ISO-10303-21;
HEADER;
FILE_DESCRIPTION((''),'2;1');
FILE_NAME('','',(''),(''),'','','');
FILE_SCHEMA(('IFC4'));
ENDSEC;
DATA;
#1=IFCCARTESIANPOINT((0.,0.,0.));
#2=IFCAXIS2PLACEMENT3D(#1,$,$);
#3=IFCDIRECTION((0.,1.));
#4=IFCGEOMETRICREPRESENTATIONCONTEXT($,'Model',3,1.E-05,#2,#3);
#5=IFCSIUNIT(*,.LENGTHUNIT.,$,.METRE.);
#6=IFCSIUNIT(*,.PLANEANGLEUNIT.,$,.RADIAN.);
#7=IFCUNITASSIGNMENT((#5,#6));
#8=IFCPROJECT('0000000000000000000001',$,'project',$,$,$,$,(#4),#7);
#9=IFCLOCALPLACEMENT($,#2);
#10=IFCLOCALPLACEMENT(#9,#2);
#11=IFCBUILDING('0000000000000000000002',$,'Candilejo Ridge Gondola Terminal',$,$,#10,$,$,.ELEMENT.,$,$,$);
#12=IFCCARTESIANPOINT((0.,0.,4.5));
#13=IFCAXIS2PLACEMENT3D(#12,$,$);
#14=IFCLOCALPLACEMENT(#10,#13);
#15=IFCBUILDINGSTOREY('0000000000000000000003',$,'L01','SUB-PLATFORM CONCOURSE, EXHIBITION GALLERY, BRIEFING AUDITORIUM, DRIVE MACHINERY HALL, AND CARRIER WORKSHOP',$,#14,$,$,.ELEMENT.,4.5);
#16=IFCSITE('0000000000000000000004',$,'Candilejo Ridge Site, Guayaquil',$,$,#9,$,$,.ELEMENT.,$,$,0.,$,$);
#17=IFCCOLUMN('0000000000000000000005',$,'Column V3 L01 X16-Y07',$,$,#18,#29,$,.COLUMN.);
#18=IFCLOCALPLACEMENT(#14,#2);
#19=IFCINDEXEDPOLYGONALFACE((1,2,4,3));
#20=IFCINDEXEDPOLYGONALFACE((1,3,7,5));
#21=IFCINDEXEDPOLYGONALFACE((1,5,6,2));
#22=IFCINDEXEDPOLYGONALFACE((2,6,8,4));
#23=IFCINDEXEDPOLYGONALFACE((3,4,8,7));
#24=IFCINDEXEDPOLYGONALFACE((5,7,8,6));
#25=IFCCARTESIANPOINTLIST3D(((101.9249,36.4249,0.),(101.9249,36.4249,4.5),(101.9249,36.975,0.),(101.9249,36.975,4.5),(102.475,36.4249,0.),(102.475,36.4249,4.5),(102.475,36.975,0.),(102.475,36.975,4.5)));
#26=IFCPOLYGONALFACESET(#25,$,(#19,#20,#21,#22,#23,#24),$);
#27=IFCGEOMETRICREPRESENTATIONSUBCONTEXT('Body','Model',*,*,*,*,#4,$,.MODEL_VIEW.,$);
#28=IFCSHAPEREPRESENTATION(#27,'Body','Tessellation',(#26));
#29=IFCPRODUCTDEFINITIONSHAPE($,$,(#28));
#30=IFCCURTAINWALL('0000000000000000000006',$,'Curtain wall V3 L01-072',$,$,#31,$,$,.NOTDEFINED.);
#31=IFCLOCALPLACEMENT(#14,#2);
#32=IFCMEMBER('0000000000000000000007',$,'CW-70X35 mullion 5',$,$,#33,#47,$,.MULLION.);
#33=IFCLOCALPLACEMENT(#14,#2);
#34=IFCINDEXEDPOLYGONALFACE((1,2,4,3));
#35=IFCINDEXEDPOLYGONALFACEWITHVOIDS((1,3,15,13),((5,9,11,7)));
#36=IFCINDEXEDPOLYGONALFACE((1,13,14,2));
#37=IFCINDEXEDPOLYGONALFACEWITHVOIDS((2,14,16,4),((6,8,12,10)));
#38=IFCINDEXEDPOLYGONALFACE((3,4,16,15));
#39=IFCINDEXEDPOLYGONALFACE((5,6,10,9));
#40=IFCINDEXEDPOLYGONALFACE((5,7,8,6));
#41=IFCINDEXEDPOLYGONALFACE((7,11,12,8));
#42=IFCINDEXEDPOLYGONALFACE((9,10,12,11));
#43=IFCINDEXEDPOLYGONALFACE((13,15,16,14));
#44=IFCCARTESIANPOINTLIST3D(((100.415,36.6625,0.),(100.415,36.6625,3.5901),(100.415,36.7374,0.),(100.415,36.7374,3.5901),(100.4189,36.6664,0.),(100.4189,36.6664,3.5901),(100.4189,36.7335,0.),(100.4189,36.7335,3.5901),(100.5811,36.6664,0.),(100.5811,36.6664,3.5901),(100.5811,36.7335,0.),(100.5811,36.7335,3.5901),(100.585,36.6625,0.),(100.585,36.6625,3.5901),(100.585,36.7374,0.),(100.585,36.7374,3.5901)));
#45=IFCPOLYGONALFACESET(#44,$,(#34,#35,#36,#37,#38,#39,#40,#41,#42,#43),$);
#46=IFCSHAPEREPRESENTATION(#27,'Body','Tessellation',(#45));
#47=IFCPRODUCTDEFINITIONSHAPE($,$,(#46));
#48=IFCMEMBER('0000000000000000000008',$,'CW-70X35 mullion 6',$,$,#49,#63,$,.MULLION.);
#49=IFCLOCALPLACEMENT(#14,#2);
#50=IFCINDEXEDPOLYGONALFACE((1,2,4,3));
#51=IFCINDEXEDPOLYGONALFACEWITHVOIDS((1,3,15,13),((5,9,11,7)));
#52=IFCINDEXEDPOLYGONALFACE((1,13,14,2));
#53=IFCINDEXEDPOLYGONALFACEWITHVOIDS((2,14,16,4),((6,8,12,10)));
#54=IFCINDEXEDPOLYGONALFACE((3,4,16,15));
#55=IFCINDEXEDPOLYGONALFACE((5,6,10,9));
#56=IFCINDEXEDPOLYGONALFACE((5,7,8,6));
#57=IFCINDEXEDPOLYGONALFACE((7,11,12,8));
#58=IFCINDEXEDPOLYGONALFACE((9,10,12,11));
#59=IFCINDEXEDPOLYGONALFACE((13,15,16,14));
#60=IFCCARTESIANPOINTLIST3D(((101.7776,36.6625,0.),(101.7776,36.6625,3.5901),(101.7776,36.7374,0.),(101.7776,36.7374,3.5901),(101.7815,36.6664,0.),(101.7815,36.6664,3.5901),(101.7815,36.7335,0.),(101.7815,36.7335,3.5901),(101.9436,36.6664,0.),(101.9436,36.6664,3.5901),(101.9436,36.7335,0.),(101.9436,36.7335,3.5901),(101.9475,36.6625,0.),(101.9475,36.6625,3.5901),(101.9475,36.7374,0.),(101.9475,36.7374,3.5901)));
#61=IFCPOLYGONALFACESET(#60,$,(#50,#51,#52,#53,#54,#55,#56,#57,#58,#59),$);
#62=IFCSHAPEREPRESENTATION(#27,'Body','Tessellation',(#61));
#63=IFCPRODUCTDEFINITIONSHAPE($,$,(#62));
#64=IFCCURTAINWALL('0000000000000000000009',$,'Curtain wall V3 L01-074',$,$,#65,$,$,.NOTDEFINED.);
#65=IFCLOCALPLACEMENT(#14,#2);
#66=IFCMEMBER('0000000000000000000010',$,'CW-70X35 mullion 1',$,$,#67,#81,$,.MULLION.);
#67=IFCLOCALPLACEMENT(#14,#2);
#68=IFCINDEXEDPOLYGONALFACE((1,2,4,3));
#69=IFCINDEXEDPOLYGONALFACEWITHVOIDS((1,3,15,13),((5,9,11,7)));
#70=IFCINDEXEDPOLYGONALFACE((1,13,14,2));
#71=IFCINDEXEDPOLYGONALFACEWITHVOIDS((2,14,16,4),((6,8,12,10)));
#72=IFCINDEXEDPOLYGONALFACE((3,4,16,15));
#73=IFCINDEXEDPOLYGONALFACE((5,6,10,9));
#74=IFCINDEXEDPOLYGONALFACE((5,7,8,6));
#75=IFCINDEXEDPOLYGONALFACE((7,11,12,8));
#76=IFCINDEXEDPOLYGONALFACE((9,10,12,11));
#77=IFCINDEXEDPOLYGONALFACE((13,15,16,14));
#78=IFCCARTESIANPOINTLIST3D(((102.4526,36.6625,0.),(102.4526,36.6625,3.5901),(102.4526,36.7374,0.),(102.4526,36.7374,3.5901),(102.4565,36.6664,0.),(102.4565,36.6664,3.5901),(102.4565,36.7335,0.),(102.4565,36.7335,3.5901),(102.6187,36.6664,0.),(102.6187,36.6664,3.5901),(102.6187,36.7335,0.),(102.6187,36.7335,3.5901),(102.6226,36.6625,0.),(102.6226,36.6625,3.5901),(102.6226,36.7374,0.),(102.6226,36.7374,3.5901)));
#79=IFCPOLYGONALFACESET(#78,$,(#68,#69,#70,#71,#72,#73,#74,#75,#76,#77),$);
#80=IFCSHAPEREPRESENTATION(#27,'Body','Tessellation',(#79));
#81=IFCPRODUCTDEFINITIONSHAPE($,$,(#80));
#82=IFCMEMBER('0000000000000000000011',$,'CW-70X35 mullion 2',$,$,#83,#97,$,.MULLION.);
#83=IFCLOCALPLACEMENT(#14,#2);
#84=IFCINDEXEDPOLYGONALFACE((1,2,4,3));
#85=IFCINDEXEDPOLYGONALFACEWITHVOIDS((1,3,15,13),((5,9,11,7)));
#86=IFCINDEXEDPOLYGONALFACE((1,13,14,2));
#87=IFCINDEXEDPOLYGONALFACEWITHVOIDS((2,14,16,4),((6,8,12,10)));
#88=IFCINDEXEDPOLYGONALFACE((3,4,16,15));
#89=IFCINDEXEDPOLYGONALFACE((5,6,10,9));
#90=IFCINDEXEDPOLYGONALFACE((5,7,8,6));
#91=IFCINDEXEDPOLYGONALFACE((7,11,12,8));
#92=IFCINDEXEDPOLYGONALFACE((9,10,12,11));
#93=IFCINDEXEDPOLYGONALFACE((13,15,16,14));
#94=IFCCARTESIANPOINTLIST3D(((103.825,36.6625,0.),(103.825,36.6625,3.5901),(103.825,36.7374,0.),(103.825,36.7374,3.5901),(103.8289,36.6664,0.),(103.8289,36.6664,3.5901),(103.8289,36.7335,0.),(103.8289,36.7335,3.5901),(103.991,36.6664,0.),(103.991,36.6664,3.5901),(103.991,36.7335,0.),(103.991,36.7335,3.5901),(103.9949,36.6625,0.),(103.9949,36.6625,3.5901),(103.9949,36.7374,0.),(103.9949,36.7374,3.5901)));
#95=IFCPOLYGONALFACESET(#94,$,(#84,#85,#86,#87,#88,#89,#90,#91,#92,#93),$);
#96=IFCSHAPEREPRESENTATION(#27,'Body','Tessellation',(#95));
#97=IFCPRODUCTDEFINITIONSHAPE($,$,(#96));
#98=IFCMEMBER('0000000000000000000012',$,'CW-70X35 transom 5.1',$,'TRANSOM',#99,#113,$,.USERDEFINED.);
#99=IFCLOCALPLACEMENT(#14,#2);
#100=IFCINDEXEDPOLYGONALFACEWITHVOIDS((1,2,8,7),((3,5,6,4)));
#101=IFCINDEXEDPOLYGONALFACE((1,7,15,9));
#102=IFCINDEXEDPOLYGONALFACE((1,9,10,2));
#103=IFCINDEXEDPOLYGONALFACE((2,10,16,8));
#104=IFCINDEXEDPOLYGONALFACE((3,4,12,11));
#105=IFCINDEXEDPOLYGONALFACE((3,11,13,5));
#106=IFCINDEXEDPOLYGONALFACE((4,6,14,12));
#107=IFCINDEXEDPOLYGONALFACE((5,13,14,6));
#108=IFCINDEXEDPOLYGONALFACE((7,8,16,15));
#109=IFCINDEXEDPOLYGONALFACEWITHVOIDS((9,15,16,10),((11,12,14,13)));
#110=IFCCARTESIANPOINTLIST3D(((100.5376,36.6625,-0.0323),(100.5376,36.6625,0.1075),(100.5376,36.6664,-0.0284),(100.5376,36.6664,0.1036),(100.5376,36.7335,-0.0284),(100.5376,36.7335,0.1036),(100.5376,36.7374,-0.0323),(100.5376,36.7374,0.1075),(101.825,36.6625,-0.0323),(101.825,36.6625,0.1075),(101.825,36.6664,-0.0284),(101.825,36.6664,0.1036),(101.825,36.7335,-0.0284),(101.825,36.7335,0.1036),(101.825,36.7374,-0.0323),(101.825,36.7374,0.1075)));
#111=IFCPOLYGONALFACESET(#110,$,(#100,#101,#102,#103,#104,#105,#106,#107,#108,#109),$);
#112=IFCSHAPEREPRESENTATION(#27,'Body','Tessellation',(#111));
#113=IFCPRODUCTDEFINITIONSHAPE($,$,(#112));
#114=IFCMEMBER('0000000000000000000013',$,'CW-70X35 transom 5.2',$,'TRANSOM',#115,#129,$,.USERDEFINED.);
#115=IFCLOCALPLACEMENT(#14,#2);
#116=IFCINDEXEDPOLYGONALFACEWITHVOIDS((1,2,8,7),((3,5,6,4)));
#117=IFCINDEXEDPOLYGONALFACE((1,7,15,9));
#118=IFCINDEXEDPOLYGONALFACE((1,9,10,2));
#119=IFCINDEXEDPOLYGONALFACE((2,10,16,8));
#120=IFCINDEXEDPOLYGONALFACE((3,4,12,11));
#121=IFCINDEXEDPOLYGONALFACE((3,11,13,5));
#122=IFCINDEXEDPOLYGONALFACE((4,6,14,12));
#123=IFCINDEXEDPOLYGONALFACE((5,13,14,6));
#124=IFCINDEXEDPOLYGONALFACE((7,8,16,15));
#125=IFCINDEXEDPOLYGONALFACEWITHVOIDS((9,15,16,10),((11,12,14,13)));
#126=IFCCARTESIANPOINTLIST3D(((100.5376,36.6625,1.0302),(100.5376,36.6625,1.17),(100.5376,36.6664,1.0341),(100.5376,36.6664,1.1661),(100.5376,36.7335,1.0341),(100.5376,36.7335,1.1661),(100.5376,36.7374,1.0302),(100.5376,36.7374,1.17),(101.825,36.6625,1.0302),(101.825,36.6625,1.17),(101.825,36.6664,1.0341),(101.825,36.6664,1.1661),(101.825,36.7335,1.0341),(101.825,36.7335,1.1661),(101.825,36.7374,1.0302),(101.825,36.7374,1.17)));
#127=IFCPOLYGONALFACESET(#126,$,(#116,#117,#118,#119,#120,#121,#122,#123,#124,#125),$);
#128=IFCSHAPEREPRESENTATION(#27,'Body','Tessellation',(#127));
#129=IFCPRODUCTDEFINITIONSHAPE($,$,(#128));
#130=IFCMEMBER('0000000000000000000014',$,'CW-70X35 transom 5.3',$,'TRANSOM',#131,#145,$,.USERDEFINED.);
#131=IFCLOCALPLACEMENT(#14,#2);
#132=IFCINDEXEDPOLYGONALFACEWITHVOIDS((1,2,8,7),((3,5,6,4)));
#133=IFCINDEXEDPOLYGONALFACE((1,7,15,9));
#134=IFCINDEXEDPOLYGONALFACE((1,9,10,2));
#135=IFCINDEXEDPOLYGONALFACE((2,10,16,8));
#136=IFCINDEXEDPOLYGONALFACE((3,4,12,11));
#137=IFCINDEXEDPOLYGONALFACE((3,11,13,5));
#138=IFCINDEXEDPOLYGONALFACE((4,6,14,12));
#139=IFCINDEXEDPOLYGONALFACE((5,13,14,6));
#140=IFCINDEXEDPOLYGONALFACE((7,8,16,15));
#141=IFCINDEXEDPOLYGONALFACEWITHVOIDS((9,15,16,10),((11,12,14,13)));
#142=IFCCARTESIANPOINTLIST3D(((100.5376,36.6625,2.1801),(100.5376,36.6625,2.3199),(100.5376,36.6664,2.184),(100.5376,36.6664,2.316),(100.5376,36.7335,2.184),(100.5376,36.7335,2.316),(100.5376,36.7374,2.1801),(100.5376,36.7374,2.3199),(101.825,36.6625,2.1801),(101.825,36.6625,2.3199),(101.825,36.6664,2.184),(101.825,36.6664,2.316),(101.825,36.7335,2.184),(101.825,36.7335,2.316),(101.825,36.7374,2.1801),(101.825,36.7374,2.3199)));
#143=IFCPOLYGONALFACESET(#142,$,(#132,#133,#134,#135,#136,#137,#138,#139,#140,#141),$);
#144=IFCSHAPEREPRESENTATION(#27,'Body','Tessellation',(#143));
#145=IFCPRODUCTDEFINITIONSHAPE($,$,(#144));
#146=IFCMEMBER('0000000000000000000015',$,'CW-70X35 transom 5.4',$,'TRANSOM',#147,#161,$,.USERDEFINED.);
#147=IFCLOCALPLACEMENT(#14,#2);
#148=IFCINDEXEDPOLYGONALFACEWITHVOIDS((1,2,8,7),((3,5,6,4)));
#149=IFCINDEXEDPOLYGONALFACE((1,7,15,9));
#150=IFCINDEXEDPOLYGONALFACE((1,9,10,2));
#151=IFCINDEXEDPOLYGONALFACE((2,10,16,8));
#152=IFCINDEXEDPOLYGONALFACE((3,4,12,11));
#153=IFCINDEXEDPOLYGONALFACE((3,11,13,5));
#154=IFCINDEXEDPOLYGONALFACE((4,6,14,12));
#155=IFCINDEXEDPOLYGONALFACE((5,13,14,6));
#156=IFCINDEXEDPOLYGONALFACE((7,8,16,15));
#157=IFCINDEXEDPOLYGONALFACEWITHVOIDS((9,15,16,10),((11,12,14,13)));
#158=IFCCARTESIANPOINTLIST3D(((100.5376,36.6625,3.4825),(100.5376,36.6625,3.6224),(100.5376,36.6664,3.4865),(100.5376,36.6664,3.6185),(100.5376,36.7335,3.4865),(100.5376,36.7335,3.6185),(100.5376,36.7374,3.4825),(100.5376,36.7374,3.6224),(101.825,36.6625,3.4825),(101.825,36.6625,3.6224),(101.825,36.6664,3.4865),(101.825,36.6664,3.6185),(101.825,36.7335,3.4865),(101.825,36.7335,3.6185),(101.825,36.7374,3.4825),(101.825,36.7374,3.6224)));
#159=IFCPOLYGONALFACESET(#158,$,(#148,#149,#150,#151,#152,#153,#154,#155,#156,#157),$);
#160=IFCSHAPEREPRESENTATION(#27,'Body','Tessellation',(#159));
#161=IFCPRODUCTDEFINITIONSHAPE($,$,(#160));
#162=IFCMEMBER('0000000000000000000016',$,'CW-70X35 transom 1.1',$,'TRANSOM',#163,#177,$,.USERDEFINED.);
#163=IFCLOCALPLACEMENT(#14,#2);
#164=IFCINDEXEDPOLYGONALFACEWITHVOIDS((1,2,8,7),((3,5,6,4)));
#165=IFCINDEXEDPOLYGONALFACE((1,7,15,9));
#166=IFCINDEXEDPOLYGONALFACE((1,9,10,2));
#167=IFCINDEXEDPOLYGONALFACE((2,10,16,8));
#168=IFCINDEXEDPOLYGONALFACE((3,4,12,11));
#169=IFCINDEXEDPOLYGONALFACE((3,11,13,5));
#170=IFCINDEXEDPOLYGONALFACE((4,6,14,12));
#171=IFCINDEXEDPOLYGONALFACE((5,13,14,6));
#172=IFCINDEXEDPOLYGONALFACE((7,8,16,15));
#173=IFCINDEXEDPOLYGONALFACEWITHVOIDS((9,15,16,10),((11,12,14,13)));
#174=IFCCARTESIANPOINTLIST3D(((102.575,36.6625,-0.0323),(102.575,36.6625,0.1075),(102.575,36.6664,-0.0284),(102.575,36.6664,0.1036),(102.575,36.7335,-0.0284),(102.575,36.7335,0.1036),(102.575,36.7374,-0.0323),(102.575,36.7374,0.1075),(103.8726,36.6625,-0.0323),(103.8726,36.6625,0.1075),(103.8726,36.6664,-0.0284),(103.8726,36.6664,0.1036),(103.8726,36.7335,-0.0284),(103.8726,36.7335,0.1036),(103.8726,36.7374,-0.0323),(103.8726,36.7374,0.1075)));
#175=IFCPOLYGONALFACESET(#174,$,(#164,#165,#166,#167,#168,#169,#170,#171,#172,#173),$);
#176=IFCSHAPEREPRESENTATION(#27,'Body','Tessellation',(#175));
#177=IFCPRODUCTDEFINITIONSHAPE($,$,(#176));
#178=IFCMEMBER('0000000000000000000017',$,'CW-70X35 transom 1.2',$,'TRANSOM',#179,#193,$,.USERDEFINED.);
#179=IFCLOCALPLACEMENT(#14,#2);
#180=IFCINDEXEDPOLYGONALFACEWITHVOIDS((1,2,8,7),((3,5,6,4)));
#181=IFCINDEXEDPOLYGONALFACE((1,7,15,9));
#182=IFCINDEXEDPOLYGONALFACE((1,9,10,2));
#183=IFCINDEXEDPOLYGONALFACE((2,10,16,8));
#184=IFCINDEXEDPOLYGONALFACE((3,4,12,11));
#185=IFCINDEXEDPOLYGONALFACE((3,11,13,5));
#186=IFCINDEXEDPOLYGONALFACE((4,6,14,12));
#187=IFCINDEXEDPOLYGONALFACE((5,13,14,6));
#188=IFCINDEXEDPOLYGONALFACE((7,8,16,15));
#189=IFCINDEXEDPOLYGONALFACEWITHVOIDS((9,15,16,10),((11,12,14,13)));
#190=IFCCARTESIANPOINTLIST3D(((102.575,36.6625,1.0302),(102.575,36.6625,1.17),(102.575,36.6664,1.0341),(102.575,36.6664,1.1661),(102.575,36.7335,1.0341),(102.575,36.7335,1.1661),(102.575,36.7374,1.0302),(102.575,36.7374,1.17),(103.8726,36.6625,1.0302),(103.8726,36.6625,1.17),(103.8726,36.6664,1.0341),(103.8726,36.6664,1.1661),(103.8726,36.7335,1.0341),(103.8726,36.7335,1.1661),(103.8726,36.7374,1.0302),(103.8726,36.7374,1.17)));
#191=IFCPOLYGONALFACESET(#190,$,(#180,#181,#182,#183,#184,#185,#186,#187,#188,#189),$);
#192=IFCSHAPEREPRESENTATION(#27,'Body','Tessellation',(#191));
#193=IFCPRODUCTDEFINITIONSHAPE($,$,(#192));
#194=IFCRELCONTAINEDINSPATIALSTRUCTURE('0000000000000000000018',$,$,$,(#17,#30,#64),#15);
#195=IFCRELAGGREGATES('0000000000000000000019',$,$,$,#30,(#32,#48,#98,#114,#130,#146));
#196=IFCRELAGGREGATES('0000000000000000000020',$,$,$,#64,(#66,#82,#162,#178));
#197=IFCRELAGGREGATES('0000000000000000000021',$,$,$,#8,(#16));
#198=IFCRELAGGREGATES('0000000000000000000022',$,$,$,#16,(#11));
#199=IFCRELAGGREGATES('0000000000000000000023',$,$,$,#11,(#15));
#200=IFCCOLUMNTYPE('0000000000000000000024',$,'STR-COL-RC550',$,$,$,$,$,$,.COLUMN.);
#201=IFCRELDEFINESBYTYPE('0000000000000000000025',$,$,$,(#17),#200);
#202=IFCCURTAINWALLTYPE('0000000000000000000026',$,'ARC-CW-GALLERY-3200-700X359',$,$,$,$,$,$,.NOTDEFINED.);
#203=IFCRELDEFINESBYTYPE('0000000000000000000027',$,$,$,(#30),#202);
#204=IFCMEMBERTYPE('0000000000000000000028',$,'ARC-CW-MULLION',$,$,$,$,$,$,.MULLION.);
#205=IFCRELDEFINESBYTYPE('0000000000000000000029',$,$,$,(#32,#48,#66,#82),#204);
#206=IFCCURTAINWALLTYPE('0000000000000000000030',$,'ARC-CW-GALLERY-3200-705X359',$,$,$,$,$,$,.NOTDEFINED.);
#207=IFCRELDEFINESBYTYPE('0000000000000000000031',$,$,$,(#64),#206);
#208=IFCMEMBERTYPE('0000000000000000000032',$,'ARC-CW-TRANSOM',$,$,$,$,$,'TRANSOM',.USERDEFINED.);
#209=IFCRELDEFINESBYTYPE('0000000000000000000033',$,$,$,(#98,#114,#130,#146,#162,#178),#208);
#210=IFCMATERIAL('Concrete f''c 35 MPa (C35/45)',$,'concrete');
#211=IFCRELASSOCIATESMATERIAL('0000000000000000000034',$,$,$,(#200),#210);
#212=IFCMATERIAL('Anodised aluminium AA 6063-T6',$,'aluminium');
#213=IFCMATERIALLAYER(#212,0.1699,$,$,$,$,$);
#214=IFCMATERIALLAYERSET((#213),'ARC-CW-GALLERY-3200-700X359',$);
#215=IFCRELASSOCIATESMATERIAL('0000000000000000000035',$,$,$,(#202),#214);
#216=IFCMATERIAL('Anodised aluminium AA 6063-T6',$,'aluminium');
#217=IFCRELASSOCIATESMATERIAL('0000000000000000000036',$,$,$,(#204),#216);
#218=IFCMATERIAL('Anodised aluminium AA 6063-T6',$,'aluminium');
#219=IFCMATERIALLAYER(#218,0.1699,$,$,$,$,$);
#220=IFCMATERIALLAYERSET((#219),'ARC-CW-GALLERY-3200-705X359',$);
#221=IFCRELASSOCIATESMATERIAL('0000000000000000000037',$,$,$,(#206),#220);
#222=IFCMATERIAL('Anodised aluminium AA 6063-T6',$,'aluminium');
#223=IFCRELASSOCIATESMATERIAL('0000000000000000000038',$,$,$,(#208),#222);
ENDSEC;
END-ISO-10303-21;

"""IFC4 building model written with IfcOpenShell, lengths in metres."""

from ifc_helpers import new_model, si_unit, direction, frame, origin, origin_2d, place, context, subcontext, project, spatial, rectangle, hollow_rectangle, extrude, material, layer, layer_set, material_profile, profile_set, type_object, element, aggregate, save


model = new_model("IFC4")

# Units and contexts
model_context = context("Model", 3, precision=1e-05, world=origin(), true_north=direction((0.0, 1.0)))
body_context = subcontext(model_context, "Body", "Model", "MODEL_VIEW")
ifc_project = project(units=[si_unit("LENGTHUNIT", "METRE"), si_unit("PLANEANGLEUNIT", "RADIAN")], contexts=[model_context])

# Site, building, storey
site_placement = place(None, origin())
site = spatial("IfcSite", under=ifc_project, at=site_placement, Name="Candilejo Ridge Site, Guayaquil", CompositionType="ELEMENT", RefElevation=0.0)
building_placement = place(site_placement, origin())
building = spatial("IfcBuilding", under=site, at=building_placement, Name="Candilejo Ridge Gondola Terminal", CompositionType="ELEMENT")
storey_placement = place(building_placement, frame((0.0, 0.0, 4.5)))
storey = spatial("IfcBuildingStorey", under=building, at=storey_placement, Name="L01", Description="SUB-PLATFORM CONCOURSE, EXHIBITION GALLERY, BRIEFING AUDITORIUM, DRIVE MACHINERY HALL, AND CARRIER WORKSHOP", CompositionType="ELEMENT", Elevation=4.5)

# Column
ifc_material_1 = material(Name="Concrete f'c 35 MPa (C35/45)", Category="concrete")
ifc_material_profile_1 = material_profile(ifc_material_1, rectangle(XDim=0.55, YDim=0.55, at=origin_2d()))
ifc_profile_set_1 = profile_set([ifc_material_profile_1], Name="Concrete f'c 35 MPa (C35/45)")
column_type = type_object("IfcColumnType", Name="STR-COL-RC550", PredefinedType="COLUMN", material=ifc_profile_set_1)
column_placement = place(storey_placement, frame((102.2, 36.7, 0.0), z_axis=(0.0, 0.0, 1.0), x_axis=(1.0, 0.0, 0.0)))
element("IfcColumn", 1, at=column_placement, inside=storey, type_object=column_type, Name="Column V3 L01 X16-Y07", PredefinedType="COLUMN", context=body_context, shape_type="SweptSolid", body=[
    extrude(rectangle(XDim=0.55, YDim=0.55, at=origin_2d()), origin(), (0.0, 0.0, 1.0), 4.5),
])

# Curtain walls, members
ifc_material_2 = material(Name="Anodised aluminium AA 6063-T6", Category="aluminium")
ifc_layer_1 = layer(ifc_material_2, 0.1699)
ifc_layer_set_1 = layer_set([ifc_layer_1], Name="ARC-CW-GALLERY-3200-700X359")
curtain_wall_type_1 = type_object("IfcCurtainWallType", Name="ARC-CW-GALLERY-3200-700X359", PredefinedType="NOTDEFINED", material=ifc_layer_set_1)
curtain_wall_1_placement = place(storey_placement, origin())
curtain_wall_1 = element("IfcCurtainWall", 2, at=curtain_wall_1_placement, inside=storey, type_object=curtain_wall_type_1, Name="Curtain wall V3 L01-072", PredefinedType="NOTDEFINED")
ifc_material_3 = material(Name="Anodised aluminium AA 6063-T6", Category="aluminium")
ifc_material_profile_2 = material_profile(ifc_material_3, hollow_rectangle(XDim=0.075, YDim=0.1699, WallThickness=0.0039, at=origin_2d()))
ifc_profile_set_2 = profile_set([ifc_material_profile_2], Name="Anodised aluminium AA 6063-T6")
member_type_1 = type_object("IfcMemberType", Name="ARC-CW-MULLION", PredefinedType="MULLION", material=ifc_profile_set_2)
member_1_placement = place(storey_placement, frame((100.5, 36.7, 0.0), z_axis=(0.0, 0.0, 1.0), x_axis=(0.0, 1.0, 0.0)))
member_1 = element("IfcMember", 3, at=member_1_placement, type_object=member_type_1, Name="CW-70X35 mullion 5", PredefinedType="MULLION", context=body_context, shape_type="SweptSolid", body=[
    extrude(hollow_rectangle(XDim=0.075, YDim=0.1699, WallThickness=0.0039, at=origin_2d()), origin(), (0.0, 0.0, 1.0), 3.5901),
])
member_2_placement = place(storey_placement, frame((101.8625, 36.7, 0.0), z_axis=(0.0, 0.0, 1.0), x_axis=(0.0, 1.0, 0.0)))
member_2 = element("IfcMember", 4, at=member_2_placement, type_object=member_type_1, Name="CW-70X35 mullion 6", PredefinedType="MULLION", context=body_context, shape_type="SweptSolid", body=[
    extrude(hollow_rectangle(XDim=0.075, YDim=0.1699, WallThickness=0.0039, at=origin_2d()), origin(), (0.0, 0.0, 1.0), 3.5901),
])
ifc_material_4 = material(Name="Anodised aluminium AA 6063-T6", Category="aluminium")
ifc_layer_2 = layer(ifc_material_4, 0.1699)
ifc_layer_set_2 = layer_set([ifc_layer_2], Name="ARC-CW-GALLERY-3200-705X359")
curtain_wall_type_2 = type_object("IfcCurtainWallType", Name="ARC-CW-GALLERY-3200-705X359", PredefinedType="NOTDEFINED", material=ifc_layer_set_2)
curtain_wall_2_placement = place(storey_placement, origin())
curtain_wall_2 = element("IfcCurtainWall", 5, at=curtain_wall_2_placement, inside=storey, type_object=curtain_wall_type_2, Name="Curtain wall V3 L01-074", PredefinedType="NOTDEFINED")
member_3_placement = place(storey_placement, frame((102.5376, 36.7, 0.0), z_axis=(0.0, 0.0, 1.0), x_axis=(0.0, 1.0, 0.0)))
member_3 = element("IfcMember", 6, at=member_3_placement, type_object=member_type_1, Name="CW-70X35 mullion 1", PredefinedType="MULLION", context=body_context, shape_type="SweptSolid", body=[
    extrude(hollow_rectangle(XDim=0.075, YDim=0.1699, WallThickness=0.0039, at=origin_2d()), origin(), (0.0, 0.0, 1.0), 3.5901),
])
member_4_placement = place(storey_placement, frame((103.9099, 36.7, 0.0), z_axis=(0.0, 0.0, 1.0), x_axis=(0.0, 1.0, 0.0)))
member_4 = element("IfcMember", 7, at=member_4_placement, type_object=member_type_1, Name="CW-70X35 mullion 2", PredefinedType="MULLION", context=body_context, shape_type="SweptSolid", body=[
    extrude(hollow_rectangle(XDim=0.075, YDim=0.1699, WallThickness=0.0039, at=origin_2d()), origin(), (0.0, 0.0, 1.0), 3.5901),
])

# Members
ifc_material_5 = material(Name="Anodised aluminium AA 6063-T6", Category="aluminium")
ifc_material_profile_3 = material_profile(ifc_material_5, hollow_rectangle(XDim=0.075, YDim=0.1399, WallThickness=0.0039, at=origin_2d()))
ifc_profile_set_3 = profile_set([ifc_material_profile_3], Name="Anodised aluminium AA 6063-T6")
member_type_2 = type_object("IfcMemberType", Name="ARC-CW-TRANSOM", ElementType="TRANSOM", PredefinedType="USERDEFINED", material=ifc_profile_set_3)
member_5_placement = place(storey_placement, frame((100.5376, 36.7, 0.0376), z_axis=(1.0, 0.0, 0.0), x_axis=(0.0, 1.0, 0.0)))
member_5 = element("IfcMember", 8, at=member_5_placement, type_object=member_type_2, Name="CW-70X35 transom 5.1", ObjectType="TRANSOM", PredefinedType="USERDEFINED", context=body_context, shape_type="SweptSolid", body=[
    extrude(hollow_rectangle(XDim=0.075, YDim=0.1399, WallThickness=0.0039, at=origin_2d()), origin(), (0.0, 0.0, 1.0), 1.2874),
])
member_6_placement = place(storey_placement, frame((100.5376, 36.7, 1.1001), z_axis=(1.0, 0.0, 0.0), x_axis=(0.0, 1.0, 0.0)))
member_6 = element("IfcMember", 9, at=member_6_placement, type_object=member_type_2, Name="CW-70X35 transom 5.2", ObjectType="TRANSOM", PredefinedType="USERDEFINED", context=body_context, shape_type="SweptSolid", body=[
    extrude(hollow_rectangle(XDim=0.075, YDim=0.1399, WallThickness=0.0039, at=origin_2d()), origin(), (0.0, 0.0, 1.0), 1.2874),
])
member_7_placement = place(storey_placement, frame((100.5376, 36.7, 2.25), z_axis=(1.0, 0.0, 0.0), x_axis=(0.0, 1.0, 0.0)))
member_7 = element("IfcMember", 10, at=member_7_placement, type_object=member_type_2, Name="CW-70X35 transom 5.3", ObjectType="TRANSOM", PredefinedType="USERDEFINED", context=body_context, shape_type="SweptSolid", body=[
    extrude(hollow_rectangle(XDim=0.075, YDim=0.1399, WallThickness=0.0039, at=origin_2d()), origin(), (0.0, 0.0, 1.0), 1.2874),
])
member_8_placement = place(storey_placement, frame((100.5376, 36.7, 3.5525), z_axis=(1.0, 0.0, 0.0), x_axis=(0.0, 1.0, 0.0)))
member_8 = element("IfcMember", 11, at=member_8_placement, type_object=member_type_2, Name="CW-70X35 transom 5.4", ObjectType="TRANSOM", PredefinedType="USERDEFINED", context=body_context, shape_type="SweptSolid", body=[
    extrude(hollow_rectangle(XDim=0.075, YDim=0.1399, WallThickness=0.0039, at=origin_2d()), origin(), (0.0, 0.0, 1.0), 1.2874),
])
member_9_placement = place(storey_placement, frame((102.575, 36.7, 0.0376), z_axis=(1.0, 0.0, 0.0), x_axis=(0.0, 1.0, 0.0)))
member_9 = element("IfcMember", 12, at=member_9_placement, type_object=member_type_2, Name="CW-70X35 transom 1.1", ObjectType="TRANSOM", PredefinedType="USERDEFINED", context=body_context, shape_type="SweptSolid", body=[
    extrude(hollow_rectangle(XDim=0.075, YDim=0.1399, WallThickness=0.0039, at=origin_2d()), origin(), (0.0, 0.0, 1.0), 1.2976),
])
member_10_placement = place(storey_placement, frame((102.575, 36.7, 1.1001), z_axis=(1.0, 0.0, 0.0), x_axis=(0.0, 1.0, 0.0)))
member_10 = element("IfcMember", 13, at=member_10_placement, type_object=member_type_2, Name="CW-70X35 transom 1.2", ObjectType="TRANSOM", PredefinedType="USERDEFINED", context=body_context, shape_type="SweptSolid", body=[
    extrude(hollow_rectangle(XDim=0.075, YDim=0.1399, WallThickness=0.0039, at=origin_2d()), origin(), (0.0, 0.0, 1.0), 1.2976),
])

aggregate(curtain_wall_1, [member_1, member_2, member_5, member_6, member_7, member_8])
aggregate(curtain_wall_2, [member_3, member_4, member_9, member_10])

save(model, "model.ifc")
